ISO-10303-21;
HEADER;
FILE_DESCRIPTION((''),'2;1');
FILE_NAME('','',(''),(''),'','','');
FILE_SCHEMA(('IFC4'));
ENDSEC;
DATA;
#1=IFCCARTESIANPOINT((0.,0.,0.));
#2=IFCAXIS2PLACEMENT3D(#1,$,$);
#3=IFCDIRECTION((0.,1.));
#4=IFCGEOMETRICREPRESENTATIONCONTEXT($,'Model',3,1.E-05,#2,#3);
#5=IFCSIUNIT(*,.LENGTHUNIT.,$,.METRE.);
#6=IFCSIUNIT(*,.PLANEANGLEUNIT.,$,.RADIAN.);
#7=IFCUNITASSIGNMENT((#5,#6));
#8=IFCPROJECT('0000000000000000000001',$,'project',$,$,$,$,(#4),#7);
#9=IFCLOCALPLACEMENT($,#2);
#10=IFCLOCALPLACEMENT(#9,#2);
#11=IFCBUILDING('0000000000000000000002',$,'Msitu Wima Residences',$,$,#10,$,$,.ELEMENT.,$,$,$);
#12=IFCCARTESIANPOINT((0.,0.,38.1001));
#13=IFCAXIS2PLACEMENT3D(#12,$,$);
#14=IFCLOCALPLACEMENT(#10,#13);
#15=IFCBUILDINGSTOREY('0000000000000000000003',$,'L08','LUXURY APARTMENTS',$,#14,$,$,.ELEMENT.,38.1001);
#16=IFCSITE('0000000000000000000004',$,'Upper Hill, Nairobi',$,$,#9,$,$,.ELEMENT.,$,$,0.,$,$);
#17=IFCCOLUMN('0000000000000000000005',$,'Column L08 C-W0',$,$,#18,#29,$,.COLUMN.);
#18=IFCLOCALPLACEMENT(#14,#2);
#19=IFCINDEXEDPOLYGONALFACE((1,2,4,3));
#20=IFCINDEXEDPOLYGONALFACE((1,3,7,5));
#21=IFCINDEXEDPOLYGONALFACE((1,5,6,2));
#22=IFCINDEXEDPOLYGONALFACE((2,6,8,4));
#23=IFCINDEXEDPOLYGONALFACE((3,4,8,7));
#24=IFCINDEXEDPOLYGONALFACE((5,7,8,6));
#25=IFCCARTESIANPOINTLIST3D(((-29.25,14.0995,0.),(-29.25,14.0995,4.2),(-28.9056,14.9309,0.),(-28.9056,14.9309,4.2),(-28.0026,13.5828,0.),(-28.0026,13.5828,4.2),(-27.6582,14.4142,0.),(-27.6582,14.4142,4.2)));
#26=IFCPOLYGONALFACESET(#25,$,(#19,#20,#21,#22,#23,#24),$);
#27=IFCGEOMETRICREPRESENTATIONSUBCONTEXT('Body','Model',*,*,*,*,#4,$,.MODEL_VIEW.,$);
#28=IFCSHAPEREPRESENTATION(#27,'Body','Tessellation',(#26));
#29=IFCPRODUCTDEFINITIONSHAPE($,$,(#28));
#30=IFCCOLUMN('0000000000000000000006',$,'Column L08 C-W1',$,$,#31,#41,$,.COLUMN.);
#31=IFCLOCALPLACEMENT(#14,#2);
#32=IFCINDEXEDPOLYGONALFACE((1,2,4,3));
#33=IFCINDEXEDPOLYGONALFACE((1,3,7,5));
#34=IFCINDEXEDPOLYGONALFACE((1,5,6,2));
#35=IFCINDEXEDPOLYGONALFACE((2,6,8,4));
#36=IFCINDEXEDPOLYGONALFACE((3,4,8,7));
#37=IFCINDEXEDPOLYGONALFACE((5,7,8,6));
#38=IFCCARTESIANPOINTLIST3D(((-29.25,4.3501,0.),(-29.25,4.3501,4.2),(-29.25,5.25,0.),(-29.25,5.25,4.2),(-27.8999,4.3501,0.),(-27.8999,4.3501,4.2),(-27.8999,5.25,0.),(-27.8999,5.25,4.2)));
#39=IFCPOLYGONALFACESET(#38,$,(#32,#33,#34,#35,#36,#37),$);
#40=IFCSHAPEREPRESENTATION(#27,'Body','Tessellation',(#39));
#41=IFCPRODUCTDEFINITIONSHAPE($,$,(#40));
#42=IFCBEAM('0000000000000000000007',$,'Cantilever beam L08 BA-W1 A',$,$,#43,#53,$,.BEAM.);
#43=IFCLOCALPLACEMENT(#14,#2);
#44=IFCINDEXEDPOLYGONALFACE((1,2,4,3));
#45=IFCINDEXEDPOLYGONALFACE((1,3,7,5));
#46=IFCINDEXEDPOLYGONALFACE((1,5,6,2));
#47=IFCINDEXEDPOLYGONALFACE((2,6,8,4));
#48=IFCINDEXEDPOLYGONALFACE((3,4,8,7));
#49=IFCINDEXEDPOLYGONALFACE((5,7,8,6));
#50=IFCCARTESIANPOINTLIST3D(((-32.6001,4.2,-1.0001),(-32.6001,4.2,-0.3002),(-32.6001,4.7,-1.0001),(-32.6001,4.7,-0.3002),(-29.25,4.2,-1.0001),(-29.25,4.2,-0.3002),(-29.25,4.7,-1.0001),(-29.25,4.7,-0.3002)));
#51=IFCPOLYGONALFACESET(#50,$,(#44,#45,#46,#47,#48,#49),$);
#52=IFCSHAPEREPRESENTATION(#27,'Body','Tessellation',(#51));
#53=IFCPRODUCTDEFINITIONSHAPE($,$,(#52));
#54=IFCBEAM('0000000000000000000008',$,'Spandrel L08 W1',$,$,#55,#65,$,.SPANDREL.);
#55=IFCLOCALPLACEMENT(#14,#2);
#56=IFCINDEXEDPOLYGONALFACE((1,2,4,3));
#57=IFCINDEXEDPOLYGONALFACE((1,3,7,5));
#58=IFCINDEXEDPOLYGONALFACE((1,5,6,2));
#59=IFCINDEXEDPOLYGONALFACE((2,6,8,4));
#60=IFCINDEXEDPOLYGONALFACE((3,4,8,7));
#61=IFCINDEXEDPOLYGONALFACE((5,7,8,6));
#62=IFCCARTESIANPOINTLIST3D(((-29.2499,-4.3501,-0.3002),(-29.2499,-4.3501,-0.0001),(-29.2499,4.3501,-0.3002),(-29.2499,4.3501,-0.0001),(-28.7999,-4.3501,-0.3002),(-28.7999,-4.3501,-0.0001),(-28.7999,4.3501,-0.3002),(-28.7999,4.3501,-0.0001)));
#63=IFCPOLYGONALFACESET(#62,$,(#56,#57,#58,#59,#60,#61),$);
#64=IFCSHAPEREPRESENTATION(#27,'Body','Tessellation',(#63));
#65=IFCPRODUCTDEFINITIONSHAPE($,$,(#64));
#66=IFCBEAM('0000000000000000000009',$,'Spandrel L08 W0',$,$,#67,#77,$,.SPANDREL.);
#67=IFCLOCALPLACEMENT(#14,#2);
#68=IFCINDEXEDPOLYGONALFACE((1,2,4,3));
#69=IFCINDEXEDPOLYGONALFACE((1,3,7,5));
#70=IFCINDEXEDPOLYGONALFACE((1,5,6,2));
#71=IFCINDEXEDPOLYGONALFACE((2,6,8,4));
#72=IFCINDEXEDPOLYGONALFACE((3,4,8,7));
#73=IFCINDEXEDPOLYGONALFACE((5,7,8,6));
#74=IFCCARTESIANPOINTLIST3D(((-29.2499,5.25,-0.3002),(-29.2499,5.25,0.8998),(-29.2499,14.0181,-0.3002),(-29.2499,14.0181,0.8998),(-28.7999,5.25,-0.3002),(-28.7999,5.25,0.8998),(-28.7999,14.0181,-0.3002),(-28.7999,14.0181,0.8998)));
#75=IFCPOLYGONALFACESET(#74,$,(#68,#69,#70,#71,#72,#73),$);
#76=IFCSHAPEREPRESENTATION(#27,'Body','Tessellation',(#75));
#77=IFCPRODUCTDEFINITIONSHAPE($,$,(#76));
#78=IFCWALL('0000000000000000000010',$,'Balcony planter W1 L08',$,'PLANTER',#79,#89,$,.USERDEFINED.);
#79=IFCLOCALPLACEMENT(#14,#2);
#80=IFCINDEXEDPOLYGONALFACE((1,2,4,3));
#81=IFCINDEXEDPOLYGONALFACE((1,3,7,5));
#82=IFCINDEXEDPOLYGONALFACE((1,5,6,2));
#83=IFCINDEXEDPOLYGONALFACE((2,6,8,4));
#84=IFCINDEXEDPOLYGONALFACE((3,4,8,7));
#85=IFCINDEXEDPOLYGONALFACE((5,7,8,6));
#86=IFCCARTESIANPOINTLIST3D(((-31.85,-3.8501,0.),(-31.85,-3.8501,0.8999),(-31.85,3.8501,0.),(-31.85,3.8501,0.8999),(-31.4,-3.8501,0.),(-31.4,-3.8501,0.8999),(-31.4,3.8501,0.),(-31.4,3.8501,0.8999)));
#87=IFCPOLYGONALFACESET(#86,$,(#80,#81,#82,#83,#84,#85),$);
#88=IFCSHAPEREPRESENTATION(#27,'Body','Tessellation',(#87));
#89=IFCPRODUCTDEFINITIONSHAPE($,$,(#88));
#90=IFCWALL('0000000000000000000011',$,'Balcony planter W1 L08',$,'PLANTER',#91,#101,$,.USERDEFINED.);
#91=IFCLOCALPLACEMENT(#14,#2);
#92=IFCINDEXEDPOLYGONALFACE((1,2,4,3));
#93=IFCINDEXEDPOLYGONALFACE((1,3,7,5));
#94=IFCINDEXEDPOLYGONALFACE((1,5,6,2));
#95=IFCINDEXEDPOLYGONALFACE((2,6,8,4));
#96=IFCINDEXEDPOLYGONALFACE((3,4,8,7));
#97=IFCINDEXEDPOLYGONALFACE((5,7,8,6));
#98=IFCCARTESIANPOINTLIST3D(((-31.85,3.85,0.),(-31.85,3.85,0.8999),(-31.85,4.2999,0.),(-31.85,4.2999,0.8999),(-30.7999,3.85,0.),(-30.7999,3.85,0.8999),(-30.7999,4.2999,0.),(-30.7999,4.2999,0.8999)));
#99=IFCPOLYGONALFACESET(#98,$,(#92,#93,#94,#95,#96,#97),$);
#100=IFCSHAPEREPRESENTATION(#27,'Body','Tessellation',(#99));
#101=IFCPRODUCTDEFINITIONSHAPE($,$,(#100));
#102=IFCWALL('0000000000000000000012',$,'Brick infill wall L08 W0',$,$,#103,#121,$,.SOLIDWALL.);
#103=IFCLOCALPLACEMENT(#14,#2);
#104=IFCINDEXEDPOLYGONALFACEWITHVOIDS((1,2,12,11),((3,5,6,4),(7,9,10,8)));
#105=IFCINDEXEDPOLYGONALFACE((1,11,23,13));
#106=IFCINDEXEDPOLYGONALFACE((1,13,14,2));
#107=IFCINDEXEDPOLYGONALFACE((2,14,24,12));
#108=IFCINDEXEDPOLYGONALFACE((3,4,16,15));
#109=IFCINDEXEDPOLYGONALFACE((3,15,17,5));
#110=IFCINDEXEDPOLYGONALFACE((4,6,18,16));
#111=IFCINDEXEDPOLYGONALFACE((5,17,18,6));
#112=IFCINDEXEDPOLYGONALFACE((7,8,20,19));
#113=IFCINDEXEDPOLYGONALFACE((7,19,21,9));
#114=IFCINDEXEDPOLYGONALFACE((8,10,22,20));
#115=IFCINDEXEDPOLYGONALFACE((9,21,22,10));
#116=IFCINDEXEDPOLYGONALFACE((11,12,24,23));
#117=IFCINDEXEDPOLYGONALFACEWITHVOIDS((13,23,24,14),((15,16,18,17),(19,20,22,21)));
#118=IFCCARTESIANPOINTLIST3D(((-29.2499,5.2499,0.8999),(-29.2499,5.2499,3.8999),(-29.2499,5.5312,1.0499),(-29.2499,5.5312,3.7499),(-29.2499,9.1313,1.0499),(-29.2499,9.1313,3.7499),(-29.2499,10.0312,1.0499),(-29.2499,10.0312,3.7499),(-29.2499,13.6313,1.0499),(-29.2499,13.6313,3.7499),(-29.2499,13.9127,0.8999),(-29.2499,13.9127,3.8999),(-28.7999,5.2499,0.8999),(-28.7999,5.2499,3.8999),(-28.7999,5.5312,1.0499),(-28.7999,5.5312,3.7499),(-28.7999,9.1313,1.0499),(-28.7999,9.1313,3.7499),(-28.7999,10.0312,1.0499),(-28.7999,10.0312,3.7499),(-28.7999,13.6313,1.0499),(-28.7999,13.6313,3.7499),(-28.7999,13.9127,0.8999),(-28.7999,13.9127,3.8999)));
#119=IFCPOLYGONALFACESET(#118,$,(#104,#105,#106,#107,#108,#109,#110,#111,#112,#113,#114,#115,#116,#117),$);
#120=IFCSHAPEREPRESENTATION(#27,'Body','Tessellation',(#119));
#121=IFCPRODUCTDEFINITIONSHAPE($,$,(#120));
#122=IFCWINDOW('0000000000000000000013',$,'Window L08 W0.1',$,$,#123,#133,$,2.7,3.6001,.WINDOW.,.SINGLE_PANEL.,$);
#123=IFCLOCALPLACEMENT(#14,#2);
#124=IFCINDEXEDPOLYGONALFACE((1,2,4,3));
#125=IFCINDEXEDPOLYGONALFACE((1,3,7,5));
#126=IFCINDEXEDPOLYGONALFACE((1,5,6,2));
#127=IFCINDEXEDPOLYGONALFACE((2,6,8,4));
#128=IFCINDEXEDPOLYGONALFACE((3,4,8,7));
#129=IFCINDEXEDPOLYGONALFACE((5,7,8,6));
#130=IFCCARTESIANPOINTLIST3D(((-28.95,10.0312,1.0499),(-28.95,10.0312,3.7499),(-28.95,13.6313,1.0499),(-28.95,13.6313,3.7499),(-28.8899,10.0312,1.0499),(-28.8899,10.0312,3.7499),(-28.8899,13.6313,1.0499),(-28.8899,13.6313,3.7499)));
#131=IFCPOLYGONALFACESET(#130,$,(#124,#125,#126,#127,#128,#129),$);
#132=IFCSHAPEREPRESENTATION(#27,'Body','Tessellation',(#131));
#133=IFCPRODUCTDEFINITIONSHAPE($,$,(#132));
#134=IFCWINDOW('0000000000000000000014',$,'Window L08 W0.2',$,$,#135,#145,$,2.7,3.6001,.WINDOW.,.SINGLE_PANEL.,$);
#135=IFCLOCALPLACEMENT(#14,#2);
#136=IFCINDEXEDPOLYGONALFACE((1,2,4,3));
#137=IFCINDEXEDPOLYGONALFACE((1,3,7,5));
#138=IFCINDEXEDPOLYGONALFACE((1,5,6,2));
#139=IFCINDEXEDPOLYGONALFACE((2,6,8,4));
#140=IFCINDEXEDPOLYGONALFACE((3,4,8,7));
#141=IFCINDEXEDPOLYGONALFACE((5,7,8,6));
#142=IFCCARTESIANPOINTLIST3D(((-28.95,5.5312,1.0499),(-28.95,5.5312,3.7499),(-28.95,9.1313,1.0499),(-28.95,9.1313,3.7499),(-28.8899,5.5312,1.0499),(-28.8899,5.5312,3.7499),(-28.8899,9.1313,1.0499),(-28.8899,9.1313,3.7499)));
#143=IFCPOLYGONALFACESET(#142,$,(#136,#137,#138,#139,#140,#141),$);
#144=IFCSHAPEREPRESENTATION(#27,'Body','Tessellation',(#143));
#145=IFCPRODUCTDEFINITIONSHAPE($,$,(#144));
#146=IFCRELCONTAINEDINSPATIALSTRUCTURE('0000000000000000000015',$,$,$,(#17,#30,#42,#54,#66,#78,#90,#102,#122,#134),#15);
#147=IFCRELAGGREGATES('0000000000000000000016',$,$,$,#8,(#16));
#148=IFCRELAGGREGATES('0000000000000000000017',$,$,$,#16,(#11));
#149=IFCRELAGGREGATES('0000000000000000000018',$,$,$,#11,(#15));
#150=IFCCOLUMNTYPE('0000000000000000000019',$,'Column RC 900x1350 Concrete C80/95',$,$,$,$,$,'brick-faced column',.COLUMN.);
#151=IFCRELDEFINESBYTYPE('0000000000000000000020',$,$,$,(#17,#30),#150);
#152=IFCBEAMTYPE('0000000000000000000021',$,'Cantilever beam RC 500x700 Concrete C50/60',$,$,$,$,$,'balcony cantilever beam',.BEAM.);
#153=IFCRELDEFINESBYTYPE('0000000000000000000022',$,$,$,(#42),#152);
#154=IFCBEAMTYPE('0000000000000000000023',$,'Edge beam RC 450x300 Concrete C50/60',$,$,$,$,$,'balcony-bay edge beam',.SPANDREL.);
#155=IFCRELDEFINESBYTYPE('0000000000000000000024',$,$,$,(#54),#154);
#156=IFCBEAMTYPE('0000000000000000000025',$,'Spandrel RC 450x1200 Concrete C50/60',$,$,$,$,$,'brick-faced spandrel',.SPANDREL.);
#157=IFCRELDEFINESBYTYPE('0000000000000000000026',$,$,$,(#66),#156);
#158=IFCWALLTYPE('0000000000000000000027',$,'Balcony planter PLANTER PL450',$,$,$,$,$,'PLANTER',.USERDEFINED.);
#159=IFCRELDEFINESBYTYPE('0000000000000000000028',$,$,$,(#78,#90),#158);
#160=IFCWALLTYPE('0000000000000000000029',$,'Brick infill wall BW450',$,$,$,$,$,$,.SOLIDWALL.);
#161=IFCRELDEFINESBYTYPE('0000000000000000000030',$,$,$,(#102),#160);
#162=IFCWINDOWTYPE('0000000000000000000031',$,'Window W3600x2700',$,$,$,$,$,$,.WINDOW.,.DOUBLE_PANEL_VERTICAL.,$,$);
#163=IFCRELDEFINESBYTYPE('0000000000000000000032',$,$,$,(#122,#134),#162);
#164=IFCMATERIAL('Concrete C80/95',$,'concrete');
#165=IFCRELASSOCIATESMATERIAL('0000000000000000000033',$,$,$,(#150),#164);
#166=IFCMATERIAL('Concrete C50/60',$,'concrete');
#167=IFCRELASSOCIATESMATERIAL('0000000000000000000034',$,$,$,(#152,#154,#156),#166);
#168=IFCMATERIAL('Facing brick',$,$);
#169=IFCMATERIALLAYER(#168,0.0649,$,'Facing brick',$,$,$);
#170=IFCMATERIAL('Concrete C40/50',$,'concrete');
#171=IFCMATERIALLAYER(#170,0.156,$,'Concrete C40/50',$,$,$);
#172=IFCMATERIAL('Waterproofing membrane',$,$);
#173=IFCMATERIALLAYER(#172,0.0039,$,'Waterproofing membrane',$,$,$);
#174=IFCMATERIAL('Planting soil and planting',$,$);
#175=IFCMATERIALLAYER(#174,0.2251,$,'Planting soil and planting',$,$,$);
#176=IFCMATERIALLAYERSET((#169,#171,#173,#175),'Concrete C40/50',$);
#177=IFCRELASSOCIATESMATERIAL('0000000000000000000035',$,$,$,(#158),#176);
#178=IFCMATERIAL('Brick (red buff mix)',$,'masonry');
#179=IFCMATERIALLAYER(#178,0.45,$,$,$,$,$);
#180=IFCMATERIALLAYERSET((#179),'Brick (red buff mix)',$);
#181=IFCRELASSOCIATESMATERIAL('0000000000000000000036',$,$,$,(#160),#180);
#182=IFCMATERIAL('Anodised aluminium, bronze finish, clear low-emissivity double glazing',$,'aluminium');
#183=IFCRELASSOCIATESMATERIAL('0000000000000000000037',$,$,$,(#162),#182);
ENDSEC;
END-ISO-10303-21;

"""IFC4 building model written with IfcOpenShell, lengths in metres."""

from ifc_helpers import new_model, si_unit, direction, frame, frame_2d, origin, origin_2d, place, context, subcontext, project, spatial, rectangle, extrude, material, layer, layer_set, material_profile, profile_set, type_object, element, fill, save


model = new_model("IFC4")

# Units and contexts
model_context = context("Model", 3, precision=1e-05, world=origin(), true_north=direction((0.0, 1.0)))
body_context = subcontext(model_context, "Body", "Model", "MODEL_VIEW")
ifc_project = project(units=[si_unit("LENGTHUNIT", "METRE"), si_unit("PLANEANGLEUNIT", "RADIAN")], contexts=[model_context])

# Site, building, storey
site_placement = place(None, origin())
site = spatial("IfcSite", under=ifc_project, at=site_placement, Name="Upper Hill, Nairobi", CompositionType="ELEMENT", RefElevation=0.0)
building_placement = place(site_placement, origin())
building = spatial("IfcBuilding", under=site, at=building_placement, Name="Msitu Wima Residences", CompositionType="ELEMENT")
storey_placement = place(building_placement, frame((0.0, 0.0, 38.1001)))
storey = spatial("IfcBuildingStorey", under=building, at=storey_placement, Name="L08", Description="LUXURY APARTMENTS", CompositionType="ELEMENT", Elevation=38.1001)

# Columns
ifc_material_1 = material(Name="Concrete C80/95", Category="concrete")
ifc_material_profile_1 = material_profile(ifc_material_1, rectangle(XDim=0.8999, YDim=1.3501, at=origin_2d()), Name="RC 900x1350")
ifc_profile_set_1 = profile_set([ifc_material_profile_1], Name="Concrete C80/95")
column_type = type_object("IfcColumnType", Name="Column RC 900x1350 Concrete C80/95", ElementType="brick-faced column", PredefinedType="COLUMN", material=ifc_profile_set_1)
for number, where, z_axis, x_axis, name in (
    (1, (-28.4541, 14.2568, 0.0), (0.0, 0.0, 1.0), (-0.382683, -0.92388, 0.0), "Column L08 C-W0"),
    (2, (-28.575, 4.8, 0.0), (0.0, 0.0, 1.0), (0.0, -1.0, 0.0), "Column L08 C-W1"),
):
    element("IfcColumn", number, at=place(storey_placement, frame(where, z_axis=z_axis, x_axis=x_axis)), inside=storey, type_object=column_type, Name=name, PredefinedType="COLUMN", context=body_context, shape_type="SweptSolid", body=[
        extrude(rectangle(XDim=0.8999, YDim=1.3501, at=origin_2d()), origin(), (0.0, 0.0, 1.0), 4.2),
    ])

# Beams
ifc_material_2 = material(Name="Concrete C50/60", Category="concrete")
ifc_material_profile_2 = material_profile(ifc_material_2, rectangle(XDim=0.5, YDim=0.7, at=origin_2d()), Name="RC 500x700")
ifc_profile_set_2 = profile_set([ifc_material_profile_2], Name="Concrete C50/60")
beam_type_1 = type_object("IfcBeamType", Name="Cantilever beam RC 500x700 Concrete C50/60", ElementType="balcony cantilever beam", PredefinedType="BEAM", material=ifc_profile_set_2)
beam_1_placement = place(storey_placement, frame((-29.25, 4.45, -0.6501), z_axis=(-1.0, 0.0, 0.0), x_axis=(0.0, -1.0, 0.0)))
element("IfcBeam", 3, at=beam_1_placement, inside=storey, type_object=beam_type_1, Name="Cantilever beam L08 BA-W1 A", PredefinedType="BEAM", context=body_context, shape_type="SweptSolid", body=[
    extrude(rectangle(XDim=0.5, YDim=0.7, at=origin_2d()), origin(), (0.0, 0.0, 1.0), 3.3501),
])
ifc_material_profile_3 = material_profile(ifc_material_2, rectangle(XDim=0.45, YDim=0.3, at=origin_2d()), Name="RC 450x300")
ifc_profile_set_3 = profile_set([ifc_material_profile_3], Name="Concrete C50/60")
beam_type_2 = type_object("IfcBeamType", Name="Edge beam RC 450x300 Concrete C50/60", ElementType="balcony-bay edge beam", PredefinedType="SPANDREL", material=ifc_profile_set_3)
beam_2_placement = place(storey_placement, frame((-29.0249, 4.3501, -0.1501), z_axis=(0.0, -1.0, 0.0), x_axis=(1.0, 0.0, 0.0)))
element("IfcBeam", 4, at=beam_2_placement, inside=storey, type_object=beam_type_2, Name="Spandrel L08 W1", PredefinedType="SPANDREL", context=body_context, shape_type="SweptSolid", body=[
    extrude(rectangle(XDim=0.45, YDim=0.3, at=origin_2d()), origin(), (0.0, 0.0, 1.0), 8.7002),
])
ifc_material_profile_4 = material_profile(ifc_material_2, rectangle(XDim=0.45, YDim=1.2, at=origin_2d()), Name="RC 450x1200")
ifc_profile_set_4 = profile_set([ifc_material_profile_4], Name="Concrete C50/60")
beam_type_3 = type_object("IfcBeamType", Name="Spandrel RC 450x1200 Concrete C50/60", ElementType="brick-faced spandrel", PredefinedType="SPANDREL", material=ifc_profile_set_4)
beam_3_placement = place(storey_placement, frame((-29.0249, 14.0181, 0.2998), z_axis=(0.0, -1.0, 0.0), x_axis=(1.0, 0.0, 0.0)))
element("IfcBeam", 5, at=beam_3_placement, inside=storey, type_object=beam_type_3, Name="Spandrel L08 W0", PredefinedType="SPANDREL", context=body_context, shape_type="SweptSolid", body=[
    extrude(rectangle(XDim=0.45, YDim=1.2, at=origin_2d()), origin(), (0.0, 0.0, 1.0), 8.7681),
])

# Walls
ifc_material_3 = material(Name="Facing brick")
ifc_layer_1 = layer(ifc_material_3, 0.0649, Name="Facing brick")
ifc_material_4 = material(Name="Concrete C40/50", Category="concrete")
ifc_layer_2 = layer(ifc_material_4, 0.156, Name="Concrete C40/50")
ifc_material_5 = material(Name="Waterproofing membrane")
ifc_layer_3 = layer(ifc_material_5, 0.0039, Name="Waterproofing membrane")
ifc_material_6 = material(Name="Planting soil and planting")
ifc_layer_4 = layer(ifc_material_6, 0.2251, Name="Planting soil and planting")
ifc_layer_set_1 = layer_set([ifc_layer_1, ifc_layer_2, ifc_layer_3, ifc_layer_4], Name="Concrete C40/50")
wall_type_1 = type_object("IfcWallType", Name="Balcony planter PLANTER PL450", ElementType="PLANTER", PredefinedType="USERDEFINED", material=ifc_layer_set_1)
wall_1_placement = place(storey_placement, frame((-31.625, 3.8501, 0.0), z_axis=(0.0, 0.0, 1.0), x_axis=(0.0, -1.0, 0.0)))
element("IfcWall", 6, at=wall_1_placement, inside=storey, type_object=wall_type_1, Name="Balcony planter W1 L08", ObjectType="PLANTER", PredefinedType="USERDEFINED", context=body_context, shape_type="SweptSolid", body=[
    extrude(rectangle(XDim=7.7002, YDim=0.45, at=frame_2d((3.8501, 0.0))), origin(), (0.0, 0.0, 1.0), 0.8999),
])
wall_2_placement = place(storey_placement, frame((-30.8, 4.075, 0.0), z_axis=(0.0, 0.0, 1.0), x_axis=(-1.0, 0.0, 0.0)))
element("IfcWall", 7, at=wall_2_placement, inside=storey, type_object=wall_type_1, Name="Balcony planter W1 L08", ObjectType="PLANTER", PredefinedType="USERDEFINED", context=body_context, shape_type="SweptSolid", body=[
    extrude(rectangle(XDim=1.05, YDim=0.45, at=frame_2d((0.5249, 0.0))), origin(), (0.0, 0.0, 1.0), 0.8999),
])

# Wall, openings, windows
ifc_material_7 = material(Name="Brick (red buff mix)", Category="masonry")
ifc_layer_5 = layer(ifc_material_7, 0.45)
ifc_layer_set_2 = layer_set([ifc_layer_5], Name="Brick (red buff mix)")
wall_type_2 = type_object("IfcWallType", Name="Brick infill wall BW450", PredefinedType="SOLIDWALL", material=ifc_layer_set_2)
wall_3_placement = place(storey_placement, frame((-29.0249, 13.9128, 0.8999), z_axis=(0.0, 0.0, 1.0), x_axis=(0.0, -1.0, 0.0)))
wall_3 = element("IfcWall", 8, at=wall_3_placement, inside=storey, type_object=wall_type_2, Name="Brick infill wall L08 W0", PredefinedType="SOLIDWALL", context=body_context, shape_type="SweptSolid", body=[
    extrude(rectangle(XDim=8.6628, YDim=0.45, at=frame_2d((4.3315, 0.0))), origin(), (0.0, 0.0, 1.0), 3.0),
])
opening_1_placement = place(wall_3_placement, frame((0.2815, 0.0, 0.1499)))
opening_1 = element("IfcOpeningElement", 9, at=opening_1_placement, cuts=wall_3, PredefinedType="OPENING", context=body_context, shape_type="SweptSolid", body=[
    extrude(rectangle(XDim=3.6001, YDim=2.7, at=frame_2d((1.8, 1.3501))), frame((0.0, 0.2349, 0.0), z_axis=(0.0, -1.0, 0.0), x_axis=(1.0, 0.0, 0.0)), (0.0, 0.0, 1.0), 0.47),
])
opening_2_placement = place(wall_3_placement, frame((4.7815, 0.0, 0.1499)))
opening_2 = element("IfcOpeningElement", 10, at=opening_2_placement, cuts=wall_3, PredefinedType="OPENING", context=body_context, shape_type="SweptSolid", body=[
    extrude(rectangle(XDim=3.6001, YDim=2.7, at=frame_2d((1.8, 1.3501))), frame((0.0, 0.2349, 0.0), z_axis=(0.0, -1.0, 0.0), x_axis=(1.0, 0.0, 0.0)), (0.0, 0.0, 1.0), 0.47),
])
ifc_material_8 = material(Name="Anodised aluminium, bronze finish, clear low-emissivity double glazing", Category="aluminium")
window_type = type_object("IfcWindowType", Name="Window W3600x2700", PartitioningType="DOUBLE_PANEL_VERTICAL", PredefinedType="WINDOW", material=ifc_material_8)
window_1_placement = place(opening_1_placement, origin())
window_1 = element("IfcWindow", 11, at=window_1_placement, inside=storey, type_object=window_type, Name="Window L08 W0.1", OverallHeight=2.7, OverallWidth=3.6001, PartitioningType="SINGLE_PANEL", PredefinedType="WINDOW", context=body_context, shape_type="SweptSolid", body=[
    extrude(rectangle(XDim=3.6001, YDim=2.7, at=frame_2d((1.8, 1.3501))), frame((0.0, 0.135, 0.0), z_axis=(0.0, -1.0, 0.0), x_axis=(1.0, 0.0, 0.0)), (0.0, 0.0, 1.0), 0.0601),
])
fill(opening_1, window_1)
window_2_placement = place(opening_2_placement, origin())
window_2 = element("IfcWindow", 12, at=window_2_placement, inside=storey, type_object=window_type, Name="Window L08 W0.2", OverallHeight=2.7, OverallWidth=3.6001, PartitioningType="SINGLE_PANEL", PredefinedType="WINDOW", context=body_context, shape_type="SweptSolid", body=[
    extrude(rectangle(XDim=3.6001, YDim=2.7, at=frame_2d((1.8, 1.3501))), frame((0.0, 0.135, 0.0), z_axis=(0.0, -1.0, 0.0), x_axis=(1.0, 0.0, 0.0)), (0.0, 0.0, 1.0), 0.0601),
])
fill(opening_2, window_2)

save(model, "model.ifc")
